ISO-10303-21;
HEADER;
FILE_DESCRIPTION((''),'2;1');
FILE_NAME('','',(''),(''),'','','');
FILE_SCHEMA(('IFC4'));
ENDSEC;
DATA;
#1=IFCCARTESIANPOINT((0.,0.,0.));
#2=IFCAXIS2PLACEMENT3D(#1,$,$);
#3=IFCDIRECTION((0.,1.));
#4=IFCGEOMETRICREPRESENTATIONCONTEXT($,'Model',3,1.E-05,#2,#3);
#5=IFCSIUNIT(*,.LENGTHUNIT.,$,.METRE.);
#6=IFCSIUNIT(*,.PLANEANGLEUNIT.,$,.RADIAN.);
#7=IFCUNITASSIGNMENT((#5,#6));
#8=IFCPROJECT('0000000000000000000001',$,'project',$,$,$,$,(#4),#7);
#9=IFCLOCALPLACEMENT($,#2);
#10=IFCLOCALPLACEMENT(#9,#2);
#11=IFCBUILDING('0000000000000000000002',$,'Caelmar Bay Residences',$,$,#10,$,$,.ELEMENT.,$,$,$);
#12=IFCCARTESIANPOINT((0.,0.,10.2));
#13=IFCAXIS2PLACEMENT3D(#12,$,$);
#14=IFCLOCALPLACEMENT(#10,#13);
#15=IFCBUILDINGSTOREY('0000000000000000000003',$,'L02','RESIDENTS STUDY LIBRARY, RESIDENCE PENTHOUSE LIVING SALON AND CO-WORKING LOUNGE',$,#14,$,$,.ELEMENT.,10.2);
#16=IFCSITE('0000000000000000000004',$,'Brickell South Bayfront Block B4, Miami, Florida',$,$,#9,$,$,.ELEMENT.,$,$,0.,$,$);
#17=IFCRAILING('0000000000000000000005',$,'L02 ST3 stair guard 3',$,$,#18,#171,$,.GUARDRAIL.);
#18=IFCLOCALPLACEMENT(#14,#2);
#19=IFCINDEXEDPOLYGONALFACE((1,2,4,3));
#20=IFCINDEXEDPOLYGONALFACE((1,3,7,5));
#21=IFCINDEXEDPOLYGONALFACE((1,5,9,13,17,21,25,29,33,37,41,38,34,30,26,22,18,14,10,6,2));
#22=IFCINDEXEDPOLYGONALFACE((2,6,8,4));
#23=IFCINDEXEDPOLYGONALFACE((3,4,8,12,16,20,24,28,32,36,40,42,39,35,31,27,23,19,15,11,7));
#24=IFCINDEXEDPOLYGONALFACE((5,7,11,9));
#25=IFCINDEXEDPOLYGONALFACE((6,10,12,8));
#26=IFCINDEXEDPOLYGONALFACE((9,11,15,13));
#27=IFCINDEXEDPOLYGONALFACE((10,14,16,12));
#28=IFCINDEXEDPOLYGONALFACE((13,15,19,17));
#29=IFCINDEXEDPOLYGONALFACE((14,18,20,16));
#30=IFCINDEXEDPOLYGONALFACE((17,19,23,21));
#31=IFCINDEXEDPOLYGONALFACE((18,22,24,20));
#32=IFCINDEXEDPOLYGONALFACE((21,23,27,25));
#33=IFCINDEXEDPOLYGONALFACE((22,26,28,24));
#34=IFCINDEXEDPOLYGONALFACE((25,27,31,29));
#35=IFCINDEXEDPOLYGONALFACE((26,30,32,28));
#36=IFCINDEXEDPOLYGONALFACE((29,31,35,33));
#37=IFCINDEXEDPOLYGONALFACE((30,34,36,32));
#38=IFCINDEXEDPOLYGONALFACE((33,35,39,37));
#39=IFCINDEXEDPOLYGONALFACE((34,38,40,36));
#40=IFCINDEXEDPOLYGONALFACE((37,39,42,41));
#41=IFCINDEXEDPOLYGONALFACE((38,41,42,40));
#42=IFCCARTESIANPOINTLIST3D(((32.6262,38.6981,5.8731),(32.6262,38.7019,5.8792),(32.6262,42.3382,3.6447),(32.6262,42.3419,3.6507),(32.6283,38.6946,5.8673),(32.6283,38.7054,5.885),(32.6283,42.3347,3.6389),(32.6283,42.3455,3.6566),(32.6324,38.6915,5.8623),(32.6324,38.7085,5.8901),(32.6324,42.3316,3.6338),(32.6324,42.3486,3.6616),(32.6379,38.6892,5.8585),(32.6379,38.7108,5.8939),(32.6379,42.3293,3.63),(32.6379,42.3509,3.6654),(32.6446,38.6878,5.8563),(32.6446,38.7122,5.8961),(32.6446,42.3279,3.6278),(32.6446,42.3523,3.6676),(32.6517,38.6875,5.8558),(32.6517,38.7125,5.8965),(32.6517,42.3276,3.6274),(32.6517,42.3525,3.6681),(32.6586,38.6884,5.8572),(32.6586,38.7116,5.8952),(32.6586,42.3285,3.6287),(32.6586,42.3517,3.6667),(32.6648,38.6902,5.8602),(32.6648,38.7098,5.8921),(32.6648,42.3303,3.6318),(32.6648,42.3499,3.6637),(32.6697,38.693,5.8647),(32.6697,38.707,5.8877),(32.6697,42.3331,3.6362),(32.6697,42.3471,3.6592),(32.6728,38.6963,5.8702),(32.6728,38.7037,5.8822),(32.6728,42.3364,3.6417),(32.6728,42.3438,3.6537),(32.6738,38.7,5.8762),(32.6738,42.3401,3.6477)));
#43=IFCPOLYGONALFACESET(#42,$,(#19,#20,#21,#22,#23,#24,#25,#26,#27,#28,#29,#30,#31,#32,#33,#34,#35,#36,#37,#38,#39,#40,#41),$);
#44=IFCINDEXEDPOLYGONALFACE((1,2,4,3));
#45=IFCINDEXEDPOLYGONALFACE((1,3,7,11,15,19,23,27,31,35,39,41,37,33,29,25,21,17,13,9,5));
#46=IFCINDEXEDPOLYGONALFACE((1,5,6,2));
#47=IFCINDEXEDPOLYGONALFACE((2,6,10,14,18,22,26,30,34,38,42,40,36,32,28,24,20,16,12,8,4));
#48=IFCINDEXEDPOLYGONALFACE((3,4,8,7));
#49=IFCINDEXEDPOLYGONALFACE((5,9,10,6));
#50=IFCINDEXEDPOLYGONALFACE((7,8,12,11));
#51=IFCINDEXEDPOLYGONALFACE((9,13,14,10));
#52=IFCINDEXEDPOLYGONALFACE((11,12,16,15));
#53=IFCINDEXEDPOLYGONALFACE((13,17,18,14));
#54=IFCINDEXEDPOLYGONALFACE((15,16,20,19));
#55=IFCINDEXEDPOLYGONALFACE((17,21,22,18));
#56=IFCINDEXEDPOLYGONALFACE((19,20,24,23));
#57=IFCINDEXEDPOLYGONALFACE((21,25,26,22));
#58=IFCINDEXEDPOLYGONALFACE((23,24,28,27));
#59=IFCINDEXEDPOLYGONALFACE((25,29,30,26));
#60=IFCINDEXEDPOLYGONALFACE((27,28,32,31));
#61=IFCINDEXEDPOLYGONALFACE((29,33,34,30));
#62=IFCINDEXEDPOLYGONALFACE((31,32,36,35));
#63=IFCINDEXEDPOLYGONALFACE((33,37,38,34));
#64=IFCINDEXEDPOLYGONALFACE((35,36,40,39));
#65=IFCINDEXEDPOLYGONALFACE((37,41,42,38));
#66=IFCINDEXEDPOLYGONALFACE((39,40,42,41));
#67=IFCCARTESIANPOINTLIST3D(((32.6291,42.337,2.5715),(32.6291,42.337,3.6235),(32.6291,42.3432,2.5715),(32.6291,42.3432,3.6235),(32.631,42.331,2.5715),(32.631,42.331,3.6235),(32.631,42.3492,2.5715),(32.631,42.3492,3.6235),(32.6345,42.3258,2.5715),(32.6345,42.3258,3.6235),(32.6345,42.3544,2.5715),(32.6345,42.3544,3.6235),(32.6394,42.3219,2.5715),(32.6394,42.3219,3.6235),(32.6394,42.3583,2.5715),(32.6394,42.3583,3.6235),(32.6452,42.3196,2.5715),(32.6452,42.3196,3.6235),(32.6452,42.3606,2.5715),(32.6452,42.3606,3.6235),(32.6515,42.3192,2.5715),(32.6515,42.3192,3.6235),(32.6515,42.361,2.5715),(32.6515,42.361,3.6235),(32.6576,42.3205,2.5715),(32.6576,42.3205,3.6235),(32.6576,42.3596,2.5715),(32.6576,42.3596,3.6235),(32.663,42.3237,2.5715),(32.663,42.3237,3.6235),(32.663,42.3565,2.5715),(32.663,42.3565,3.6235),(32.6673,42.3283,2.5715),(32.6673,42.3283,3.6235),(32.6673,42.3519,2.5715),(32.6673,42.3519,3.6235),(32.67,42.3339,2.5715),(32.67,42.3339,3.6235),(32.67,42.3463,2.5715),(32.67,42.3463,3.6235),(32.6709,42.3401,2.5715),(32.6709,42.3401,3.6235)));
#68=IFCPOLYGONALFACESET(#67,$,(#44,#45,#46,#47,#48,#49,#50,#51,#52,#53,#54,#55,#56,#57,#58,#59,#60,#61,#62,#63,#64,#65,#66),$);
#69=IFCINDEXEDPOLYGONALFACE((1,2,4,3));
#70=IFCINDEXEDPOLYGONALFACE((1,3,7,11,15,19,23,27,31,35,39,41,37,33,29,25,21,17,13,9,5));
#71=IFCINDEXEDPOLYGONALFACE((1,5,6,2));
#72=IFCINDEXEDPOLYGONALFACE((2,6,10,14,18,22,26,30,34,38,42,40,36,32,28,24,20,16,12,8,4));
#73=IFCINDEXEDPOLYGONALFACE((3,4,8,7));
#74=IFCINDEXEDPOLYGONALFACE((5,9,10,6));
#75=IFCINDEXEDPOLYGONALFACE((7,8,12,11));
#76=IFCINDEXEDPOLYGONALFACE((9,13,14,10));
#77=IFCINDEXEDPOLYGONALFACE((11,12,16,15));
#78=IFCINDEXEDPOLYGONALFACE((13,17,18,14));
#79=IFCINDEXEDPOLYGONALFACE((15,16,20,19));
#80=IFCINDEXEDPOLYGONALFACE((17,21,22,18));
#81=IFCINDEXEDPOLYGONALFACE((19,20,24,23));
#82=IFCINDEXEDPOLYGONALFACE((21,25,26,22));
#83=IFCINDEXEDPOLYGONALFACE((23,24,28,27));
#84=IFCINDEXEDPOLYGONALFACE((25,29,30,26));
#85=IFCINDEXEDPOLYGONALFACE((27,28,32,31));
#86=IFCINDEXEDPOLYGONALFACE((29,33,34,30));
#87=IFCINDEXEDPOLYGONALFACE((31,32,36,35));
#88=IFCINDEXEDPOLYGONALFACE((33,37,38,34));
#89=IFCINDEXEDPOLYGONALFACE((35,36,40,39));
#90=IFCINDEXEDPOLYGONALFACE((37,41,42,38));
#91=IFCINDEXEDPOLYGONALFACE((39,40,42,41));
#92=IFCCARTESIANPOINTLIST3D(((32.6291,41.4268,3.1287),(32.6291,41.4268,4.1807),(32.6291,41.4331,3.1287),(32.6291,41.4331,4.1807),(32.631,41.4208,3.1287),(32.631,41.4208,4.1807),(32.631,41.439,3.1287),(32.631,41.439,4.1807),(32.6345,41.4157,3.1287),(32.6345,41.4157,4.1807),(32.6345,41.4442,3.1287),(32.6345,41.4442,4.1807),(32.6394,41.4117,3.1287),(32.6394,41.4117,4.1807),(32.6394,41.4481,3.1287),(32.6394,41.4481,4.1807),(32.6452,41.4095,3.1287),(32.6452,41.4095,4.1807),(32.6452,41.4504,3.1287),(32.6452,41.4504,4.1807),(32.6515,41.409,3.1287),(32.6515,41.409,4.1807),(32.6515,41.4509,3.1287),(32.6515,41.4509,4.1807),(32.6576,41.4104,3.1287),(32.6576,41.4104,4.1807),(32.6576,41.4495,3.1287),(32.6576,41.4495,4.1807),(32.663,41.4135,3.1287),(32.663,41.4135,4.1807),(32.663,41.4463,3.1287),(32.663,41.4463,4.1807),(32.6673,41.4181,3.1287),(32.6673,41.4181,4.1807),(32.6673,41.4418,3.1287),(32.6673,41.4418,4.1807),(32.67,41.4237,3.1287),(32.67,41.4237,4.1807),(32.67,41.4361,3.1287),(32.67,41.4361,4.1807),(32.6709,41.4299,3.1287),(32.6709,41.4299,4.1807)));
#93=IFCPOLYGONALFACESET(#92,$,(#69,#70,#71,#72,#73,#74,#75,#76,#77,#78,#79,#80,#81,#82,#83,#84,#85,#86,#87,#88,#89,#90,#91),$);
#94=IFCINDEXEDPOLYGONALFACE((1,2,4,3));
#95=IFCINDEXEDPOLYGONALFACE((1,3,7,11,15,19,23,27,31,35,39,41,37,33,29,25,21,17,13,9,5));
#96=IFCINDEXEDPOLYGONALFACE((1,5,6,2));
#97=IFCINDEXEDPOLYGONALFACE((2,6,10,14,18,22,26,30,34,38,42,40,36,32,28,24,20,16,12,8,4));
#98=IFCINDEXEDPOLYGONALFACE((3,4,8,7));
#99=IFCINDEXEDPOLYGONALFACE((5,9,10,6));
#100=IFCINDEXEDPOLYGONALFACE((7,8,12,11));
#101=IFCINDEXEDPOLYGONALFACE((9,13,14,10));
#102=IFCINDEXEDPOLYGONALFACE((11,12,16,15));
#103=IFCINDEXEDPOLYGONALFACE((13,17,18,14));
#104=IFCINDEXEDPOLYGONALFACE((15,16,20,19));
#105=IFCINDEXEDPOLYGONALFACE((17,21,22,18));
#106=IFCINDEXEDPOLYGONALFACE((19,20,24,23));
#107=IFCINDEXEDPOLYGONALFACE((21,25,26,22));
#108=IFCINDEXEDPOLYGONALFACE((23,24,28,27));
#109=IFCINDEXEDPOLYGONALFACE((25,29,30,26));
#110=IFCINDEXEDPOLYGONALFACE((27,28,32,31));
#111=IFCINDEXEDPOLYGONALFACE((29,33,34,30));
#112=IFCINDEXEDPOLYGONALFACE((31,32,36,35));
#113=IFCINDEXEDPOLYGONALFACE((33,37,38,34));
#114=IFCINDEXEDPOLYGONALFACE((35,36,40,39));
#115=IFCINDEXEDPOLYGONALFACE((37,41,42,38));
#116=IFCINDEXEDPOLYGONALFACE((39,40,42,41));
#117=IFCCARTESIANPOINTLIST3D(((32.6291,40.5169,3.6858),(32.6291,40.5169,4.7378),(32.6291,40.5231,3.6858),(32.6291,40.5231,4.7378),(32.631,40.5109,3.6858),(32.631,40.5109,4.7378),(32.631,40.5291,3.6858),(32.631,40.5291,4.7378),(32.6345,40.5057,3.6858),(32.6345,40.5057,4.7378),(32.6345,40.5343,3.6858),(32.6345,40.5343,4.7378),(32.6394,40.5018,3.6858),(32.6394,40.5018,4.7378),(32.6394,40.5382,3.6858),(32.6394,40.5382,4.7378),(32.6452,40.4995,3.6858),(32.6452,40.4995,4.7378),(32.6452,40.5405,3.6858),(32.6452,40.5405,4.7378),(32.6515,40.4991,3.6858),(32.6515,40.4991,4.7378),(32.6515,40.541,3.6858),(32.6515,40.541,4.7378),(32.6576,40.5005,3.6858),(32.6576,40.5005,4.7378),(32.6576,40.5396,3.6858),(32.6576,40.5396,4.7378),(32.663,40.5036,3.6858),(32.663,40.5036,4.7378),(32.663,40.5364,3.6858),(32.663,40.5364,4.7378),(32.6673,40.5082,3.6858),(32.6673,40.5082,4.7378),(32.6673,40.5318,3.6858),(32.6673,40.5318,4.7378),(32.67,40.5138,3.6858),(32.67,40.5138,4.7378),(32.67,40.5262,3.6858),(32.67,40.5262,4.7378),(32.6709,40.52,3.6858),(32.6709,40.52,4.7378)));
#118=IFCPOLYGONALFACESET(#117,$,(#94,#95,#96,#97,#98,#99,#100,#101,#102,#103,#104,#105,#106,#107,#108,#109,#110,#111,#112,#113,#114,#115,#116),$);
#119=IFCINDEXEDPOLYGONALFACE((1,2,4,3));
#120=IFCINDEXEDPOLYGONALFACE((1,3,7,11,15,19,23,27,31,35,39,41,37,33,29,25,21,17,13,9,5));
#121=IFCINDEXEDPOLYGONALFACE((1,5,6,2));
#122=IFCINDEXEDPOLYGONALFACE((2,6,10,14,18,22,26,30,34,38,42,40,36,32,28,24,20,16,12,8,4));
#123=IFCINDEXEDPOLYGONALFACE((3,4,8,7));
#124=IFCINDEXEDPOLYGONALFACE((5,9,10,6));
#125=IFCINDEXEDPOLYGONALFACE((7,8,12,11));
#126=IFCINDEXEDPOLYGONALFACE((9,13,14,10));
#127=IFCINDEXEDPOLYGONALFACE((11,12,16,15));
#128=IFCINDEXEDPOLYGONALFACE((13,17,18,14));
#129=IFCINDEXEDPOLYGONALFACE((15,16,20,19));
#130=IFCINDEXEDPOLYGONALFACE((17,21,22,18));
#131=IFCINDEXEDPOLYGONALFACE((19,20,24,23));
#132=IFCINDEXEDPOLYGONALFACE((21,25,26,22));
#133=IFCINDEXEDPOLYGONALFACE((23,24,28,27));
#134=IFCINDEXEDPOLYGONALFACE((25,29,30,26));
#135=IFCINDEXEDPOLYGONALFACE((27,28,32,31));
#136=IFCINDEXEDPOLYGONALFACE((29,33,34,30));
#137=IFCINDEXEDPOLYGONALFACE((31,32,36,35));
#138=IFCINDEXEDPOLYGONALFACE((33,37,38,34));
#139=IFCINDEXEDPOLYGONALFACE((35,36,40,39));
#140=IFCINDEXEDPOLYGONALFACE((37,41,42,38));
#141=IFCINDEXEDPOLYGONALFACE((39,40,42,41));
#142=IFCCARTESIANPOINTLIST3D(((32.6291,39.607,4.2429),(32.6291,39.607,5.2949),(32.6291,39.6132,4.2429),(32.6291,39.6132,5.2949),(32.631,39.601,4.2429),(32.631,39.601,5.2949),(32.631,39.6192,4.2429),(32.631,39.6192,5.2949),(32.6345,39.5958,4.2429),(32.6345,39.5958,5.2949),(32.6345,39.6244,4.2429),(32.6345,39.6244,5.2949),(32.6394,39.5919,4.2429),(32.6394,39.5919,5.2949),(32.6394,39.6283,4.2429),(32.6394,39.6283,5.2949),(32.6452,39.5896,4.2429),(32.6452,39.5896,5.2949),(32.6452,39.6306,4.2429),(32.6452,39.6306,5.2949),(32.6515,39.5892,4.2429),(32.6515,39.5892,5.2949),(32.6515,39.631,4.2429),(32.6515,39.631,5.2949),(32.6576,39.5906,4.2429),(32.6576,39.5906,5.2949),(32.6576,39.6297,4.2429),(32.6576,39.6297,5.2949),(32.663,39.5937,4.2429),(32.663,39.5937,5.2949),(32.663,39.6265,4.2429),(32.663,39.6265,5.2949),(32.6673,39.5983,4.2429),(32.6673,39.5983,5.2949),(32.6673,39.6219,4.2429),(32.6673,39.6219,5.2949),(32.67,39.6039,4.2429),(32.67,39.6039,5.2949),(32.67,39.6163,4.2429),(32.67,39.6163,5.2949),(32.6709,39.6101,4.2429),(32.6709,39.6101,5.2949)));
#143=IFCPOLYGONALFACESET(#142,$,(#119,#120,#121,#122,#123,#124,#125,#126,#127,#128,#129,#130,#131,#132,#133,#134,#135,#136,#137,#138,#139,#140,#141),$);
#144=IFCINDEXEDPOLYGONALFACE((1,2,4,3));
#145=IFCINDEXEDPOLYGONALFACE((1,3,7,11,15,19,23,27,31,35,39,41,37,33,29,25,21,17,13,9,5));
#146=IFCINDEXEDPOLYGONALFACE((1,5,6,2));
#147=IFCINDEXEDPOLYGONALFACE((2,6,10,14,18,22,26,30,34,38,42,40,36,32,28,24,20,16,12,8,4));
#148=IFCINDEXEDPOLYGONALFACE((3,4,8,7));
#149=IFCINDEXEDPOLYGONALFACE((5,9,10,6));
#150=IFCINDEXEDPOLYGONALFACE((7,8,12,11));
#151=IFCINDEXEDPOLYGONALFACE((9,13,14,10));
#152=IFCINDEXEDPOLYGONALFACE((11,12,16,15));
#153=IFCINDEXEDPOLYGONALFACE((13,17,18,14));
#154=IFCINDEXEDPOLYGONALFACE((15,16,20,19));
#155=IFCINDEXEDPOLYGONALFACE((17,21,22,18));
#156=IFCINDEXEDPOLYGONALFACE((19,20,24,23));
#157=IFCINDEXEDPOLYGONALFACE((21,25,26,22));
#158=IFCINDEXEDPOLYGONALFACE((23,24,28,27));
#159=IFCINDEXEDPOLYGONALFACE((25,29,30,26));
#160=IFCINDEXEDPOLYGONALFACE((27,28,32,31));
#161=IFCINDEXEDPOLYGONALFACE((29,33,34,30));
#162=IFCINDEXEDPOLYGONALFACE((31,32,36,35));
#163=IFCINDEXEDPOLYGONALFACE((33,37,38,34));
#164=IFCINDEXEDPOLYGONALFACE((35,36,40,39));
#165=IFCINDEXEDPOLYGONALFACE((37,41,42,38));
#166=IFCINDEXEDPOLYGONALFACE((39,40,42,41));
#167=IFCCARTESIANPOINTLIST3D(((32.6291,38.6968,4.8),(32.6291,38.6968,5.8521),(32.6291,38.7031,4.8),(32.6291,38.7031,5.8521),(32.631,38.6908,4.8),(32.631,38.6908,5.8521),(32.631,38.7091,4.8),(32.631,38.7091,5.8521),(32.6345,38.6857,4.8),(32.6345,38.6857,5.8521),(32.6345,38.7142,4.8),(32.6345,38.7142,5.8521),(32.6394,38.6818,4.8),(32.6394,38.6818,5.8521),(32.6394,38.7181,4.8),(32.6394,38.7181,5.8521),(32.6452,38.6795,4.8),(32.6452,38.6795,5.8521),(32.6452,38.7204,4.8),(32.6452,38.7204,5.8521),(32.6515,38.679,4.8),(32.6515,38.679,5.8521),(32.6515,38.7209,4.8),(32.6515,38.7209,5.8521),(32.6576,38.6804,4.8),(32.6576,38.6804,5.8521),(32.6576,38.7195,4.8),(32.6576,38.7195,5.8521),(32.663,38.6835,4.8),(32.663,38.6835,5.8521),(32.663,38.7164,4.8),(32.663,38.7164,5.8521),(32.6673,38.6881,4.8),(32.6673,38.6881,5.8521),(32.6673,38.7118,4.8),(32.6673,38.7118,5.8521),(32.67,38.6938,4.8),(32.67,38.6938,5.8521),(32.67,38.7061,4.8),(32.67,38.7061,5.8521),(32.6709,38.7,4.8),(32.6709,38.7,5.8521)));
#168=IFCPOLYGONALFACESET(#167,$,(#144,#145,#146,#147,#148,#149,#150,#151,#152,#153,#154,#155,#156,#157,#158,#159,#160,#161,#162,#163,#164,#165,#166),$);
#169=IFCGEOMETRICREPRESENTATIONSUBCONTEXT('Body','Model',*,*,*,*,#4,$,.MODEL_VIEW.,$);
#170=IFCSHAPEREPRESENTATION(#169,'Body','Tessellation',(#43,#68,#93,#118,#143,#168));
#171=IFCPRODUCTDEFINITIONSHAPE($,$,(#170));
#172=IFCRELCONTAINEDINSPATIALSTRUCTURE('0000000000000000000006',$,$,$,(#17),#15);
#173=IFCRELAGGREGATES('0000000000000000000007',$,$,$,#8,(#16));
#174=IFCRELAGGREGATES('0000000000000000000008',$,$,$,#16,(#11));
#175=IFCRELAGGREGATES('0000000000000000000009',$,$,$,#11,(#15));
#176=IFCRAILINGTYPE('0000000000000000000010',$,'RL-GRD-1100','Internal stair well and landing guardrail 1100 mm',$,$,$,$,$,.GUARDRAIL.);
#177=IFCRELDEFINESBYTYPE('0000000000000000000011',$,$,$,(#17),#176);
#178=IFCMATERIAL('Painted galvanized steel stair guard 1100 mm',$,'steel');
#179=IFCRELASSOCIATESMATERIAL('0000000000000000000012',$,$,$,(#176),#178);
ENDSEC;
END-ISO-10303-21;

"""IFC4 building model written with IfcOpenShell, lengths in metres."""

from ifc_helpers import new_model, si_unit, direction, frame, origin, origin_2d, place, context, subcontext, project, spatial, circle, extrude, material, type_object, element, save


model = new_model("IFC4")

# Units and contexts
model_context = context("Model", 3, precision=1e-05, world=origin(), true_north=direction((0.0, 1.0)))
body_context = subcontext(model_context, "Body", "Model", "MODEL_VIEW")
ifc_project = project(units=[si_unit("LENGTHUNIT", "METRE"), si_unit("PLANEANGLEUNIT", "RADIAN")], contexts=[model_context])

# Site, building, storey
site_placement = place(None, origin())
site = spatial("IfcSite", under=ifc_project, at=site_placement, Name="Brickell South Bayfront Block B4, Miami, Florida", CompositionType="ELEMENT", RefElevation=0.0)
building_placement = place(site_placement, origin())
building = spatial("IfcBuilding", under=site, at=building_placement, Name="Caelmar Bay Residences", CompositionType="ELEMENT")
storey_placement = place(building_placement, frame((0.0, 0.0, 10.2)))
storey = spatial("IfcBuildingStorey", under=building, at=storey_placement, Name="L02", Description="RESIDENTS STUDY LIBRARY, RESIDENCE PENTHOUSE LIVING SALON AND CO-WORKING LOUNGE", CompositionType="ELEMENT", Elevation=10.2)

# Railing
ifc_material_1 = material(Name="Painted galvanized steel stair guard 1100 mm", Category="steel")
railing_type_1 = type_object("IfcRailingType", Name="RL-GRD-1100", Description="Internal stair well and landing guardrail 1100 mm", PredefinedType="GUARDRAIL", material=ifc_material_1)
railing_1_placement = place(storey_placement, frame((32.6499, 42.3401, 2.5715)))
element("IfcRailing", 1, at=railing_1_placement, inside=storey, type_object=railing_type_1, Name="L02 ST3 stair guard 3", PredefinedType="GUARDRAIL", context=body_context, shape_type="SweptSolid", body=[
    extrude(circle(Radius=0.0239, at=origin_2d()), frame((0.0, 0.0, 1.0762), z_axis=(0.0, -0.852866, 0.52213), x_axis=(1.0, 0.0, 0.0)), (0.0, 0.0, 1.0), 4.2681),
    extrude(circle(Radius=0.021, at=origin_2d()), origin(), (0.0, 0.0, 1.0), 1.052),
    extrude(circle(Radius=0.021, at=origin_2d()), frame((0.0, -0.9102, 0.5571)), (0.0, 0.0, 1.0), 1.052),
    extrude(circle(Radius=0.021, at=origin_2d()), frame((0.0, -1.8201, 1.1143)), (0.0, 0.0, 1.0), 1.052),
    extrude(circle(Radius=0.021, at=origin_2d()), frame((0.0, -2.73, 1.6714)), (0.0, 0.0, 1.0), 1.052),
    extrude(circle(Radius=0.021, at=origin_2d()), frame((0.0, -3.6401, 2.2285)), (0.0, 0.0, 1.0), 1.052),
])

save(model, "model.ifc")
